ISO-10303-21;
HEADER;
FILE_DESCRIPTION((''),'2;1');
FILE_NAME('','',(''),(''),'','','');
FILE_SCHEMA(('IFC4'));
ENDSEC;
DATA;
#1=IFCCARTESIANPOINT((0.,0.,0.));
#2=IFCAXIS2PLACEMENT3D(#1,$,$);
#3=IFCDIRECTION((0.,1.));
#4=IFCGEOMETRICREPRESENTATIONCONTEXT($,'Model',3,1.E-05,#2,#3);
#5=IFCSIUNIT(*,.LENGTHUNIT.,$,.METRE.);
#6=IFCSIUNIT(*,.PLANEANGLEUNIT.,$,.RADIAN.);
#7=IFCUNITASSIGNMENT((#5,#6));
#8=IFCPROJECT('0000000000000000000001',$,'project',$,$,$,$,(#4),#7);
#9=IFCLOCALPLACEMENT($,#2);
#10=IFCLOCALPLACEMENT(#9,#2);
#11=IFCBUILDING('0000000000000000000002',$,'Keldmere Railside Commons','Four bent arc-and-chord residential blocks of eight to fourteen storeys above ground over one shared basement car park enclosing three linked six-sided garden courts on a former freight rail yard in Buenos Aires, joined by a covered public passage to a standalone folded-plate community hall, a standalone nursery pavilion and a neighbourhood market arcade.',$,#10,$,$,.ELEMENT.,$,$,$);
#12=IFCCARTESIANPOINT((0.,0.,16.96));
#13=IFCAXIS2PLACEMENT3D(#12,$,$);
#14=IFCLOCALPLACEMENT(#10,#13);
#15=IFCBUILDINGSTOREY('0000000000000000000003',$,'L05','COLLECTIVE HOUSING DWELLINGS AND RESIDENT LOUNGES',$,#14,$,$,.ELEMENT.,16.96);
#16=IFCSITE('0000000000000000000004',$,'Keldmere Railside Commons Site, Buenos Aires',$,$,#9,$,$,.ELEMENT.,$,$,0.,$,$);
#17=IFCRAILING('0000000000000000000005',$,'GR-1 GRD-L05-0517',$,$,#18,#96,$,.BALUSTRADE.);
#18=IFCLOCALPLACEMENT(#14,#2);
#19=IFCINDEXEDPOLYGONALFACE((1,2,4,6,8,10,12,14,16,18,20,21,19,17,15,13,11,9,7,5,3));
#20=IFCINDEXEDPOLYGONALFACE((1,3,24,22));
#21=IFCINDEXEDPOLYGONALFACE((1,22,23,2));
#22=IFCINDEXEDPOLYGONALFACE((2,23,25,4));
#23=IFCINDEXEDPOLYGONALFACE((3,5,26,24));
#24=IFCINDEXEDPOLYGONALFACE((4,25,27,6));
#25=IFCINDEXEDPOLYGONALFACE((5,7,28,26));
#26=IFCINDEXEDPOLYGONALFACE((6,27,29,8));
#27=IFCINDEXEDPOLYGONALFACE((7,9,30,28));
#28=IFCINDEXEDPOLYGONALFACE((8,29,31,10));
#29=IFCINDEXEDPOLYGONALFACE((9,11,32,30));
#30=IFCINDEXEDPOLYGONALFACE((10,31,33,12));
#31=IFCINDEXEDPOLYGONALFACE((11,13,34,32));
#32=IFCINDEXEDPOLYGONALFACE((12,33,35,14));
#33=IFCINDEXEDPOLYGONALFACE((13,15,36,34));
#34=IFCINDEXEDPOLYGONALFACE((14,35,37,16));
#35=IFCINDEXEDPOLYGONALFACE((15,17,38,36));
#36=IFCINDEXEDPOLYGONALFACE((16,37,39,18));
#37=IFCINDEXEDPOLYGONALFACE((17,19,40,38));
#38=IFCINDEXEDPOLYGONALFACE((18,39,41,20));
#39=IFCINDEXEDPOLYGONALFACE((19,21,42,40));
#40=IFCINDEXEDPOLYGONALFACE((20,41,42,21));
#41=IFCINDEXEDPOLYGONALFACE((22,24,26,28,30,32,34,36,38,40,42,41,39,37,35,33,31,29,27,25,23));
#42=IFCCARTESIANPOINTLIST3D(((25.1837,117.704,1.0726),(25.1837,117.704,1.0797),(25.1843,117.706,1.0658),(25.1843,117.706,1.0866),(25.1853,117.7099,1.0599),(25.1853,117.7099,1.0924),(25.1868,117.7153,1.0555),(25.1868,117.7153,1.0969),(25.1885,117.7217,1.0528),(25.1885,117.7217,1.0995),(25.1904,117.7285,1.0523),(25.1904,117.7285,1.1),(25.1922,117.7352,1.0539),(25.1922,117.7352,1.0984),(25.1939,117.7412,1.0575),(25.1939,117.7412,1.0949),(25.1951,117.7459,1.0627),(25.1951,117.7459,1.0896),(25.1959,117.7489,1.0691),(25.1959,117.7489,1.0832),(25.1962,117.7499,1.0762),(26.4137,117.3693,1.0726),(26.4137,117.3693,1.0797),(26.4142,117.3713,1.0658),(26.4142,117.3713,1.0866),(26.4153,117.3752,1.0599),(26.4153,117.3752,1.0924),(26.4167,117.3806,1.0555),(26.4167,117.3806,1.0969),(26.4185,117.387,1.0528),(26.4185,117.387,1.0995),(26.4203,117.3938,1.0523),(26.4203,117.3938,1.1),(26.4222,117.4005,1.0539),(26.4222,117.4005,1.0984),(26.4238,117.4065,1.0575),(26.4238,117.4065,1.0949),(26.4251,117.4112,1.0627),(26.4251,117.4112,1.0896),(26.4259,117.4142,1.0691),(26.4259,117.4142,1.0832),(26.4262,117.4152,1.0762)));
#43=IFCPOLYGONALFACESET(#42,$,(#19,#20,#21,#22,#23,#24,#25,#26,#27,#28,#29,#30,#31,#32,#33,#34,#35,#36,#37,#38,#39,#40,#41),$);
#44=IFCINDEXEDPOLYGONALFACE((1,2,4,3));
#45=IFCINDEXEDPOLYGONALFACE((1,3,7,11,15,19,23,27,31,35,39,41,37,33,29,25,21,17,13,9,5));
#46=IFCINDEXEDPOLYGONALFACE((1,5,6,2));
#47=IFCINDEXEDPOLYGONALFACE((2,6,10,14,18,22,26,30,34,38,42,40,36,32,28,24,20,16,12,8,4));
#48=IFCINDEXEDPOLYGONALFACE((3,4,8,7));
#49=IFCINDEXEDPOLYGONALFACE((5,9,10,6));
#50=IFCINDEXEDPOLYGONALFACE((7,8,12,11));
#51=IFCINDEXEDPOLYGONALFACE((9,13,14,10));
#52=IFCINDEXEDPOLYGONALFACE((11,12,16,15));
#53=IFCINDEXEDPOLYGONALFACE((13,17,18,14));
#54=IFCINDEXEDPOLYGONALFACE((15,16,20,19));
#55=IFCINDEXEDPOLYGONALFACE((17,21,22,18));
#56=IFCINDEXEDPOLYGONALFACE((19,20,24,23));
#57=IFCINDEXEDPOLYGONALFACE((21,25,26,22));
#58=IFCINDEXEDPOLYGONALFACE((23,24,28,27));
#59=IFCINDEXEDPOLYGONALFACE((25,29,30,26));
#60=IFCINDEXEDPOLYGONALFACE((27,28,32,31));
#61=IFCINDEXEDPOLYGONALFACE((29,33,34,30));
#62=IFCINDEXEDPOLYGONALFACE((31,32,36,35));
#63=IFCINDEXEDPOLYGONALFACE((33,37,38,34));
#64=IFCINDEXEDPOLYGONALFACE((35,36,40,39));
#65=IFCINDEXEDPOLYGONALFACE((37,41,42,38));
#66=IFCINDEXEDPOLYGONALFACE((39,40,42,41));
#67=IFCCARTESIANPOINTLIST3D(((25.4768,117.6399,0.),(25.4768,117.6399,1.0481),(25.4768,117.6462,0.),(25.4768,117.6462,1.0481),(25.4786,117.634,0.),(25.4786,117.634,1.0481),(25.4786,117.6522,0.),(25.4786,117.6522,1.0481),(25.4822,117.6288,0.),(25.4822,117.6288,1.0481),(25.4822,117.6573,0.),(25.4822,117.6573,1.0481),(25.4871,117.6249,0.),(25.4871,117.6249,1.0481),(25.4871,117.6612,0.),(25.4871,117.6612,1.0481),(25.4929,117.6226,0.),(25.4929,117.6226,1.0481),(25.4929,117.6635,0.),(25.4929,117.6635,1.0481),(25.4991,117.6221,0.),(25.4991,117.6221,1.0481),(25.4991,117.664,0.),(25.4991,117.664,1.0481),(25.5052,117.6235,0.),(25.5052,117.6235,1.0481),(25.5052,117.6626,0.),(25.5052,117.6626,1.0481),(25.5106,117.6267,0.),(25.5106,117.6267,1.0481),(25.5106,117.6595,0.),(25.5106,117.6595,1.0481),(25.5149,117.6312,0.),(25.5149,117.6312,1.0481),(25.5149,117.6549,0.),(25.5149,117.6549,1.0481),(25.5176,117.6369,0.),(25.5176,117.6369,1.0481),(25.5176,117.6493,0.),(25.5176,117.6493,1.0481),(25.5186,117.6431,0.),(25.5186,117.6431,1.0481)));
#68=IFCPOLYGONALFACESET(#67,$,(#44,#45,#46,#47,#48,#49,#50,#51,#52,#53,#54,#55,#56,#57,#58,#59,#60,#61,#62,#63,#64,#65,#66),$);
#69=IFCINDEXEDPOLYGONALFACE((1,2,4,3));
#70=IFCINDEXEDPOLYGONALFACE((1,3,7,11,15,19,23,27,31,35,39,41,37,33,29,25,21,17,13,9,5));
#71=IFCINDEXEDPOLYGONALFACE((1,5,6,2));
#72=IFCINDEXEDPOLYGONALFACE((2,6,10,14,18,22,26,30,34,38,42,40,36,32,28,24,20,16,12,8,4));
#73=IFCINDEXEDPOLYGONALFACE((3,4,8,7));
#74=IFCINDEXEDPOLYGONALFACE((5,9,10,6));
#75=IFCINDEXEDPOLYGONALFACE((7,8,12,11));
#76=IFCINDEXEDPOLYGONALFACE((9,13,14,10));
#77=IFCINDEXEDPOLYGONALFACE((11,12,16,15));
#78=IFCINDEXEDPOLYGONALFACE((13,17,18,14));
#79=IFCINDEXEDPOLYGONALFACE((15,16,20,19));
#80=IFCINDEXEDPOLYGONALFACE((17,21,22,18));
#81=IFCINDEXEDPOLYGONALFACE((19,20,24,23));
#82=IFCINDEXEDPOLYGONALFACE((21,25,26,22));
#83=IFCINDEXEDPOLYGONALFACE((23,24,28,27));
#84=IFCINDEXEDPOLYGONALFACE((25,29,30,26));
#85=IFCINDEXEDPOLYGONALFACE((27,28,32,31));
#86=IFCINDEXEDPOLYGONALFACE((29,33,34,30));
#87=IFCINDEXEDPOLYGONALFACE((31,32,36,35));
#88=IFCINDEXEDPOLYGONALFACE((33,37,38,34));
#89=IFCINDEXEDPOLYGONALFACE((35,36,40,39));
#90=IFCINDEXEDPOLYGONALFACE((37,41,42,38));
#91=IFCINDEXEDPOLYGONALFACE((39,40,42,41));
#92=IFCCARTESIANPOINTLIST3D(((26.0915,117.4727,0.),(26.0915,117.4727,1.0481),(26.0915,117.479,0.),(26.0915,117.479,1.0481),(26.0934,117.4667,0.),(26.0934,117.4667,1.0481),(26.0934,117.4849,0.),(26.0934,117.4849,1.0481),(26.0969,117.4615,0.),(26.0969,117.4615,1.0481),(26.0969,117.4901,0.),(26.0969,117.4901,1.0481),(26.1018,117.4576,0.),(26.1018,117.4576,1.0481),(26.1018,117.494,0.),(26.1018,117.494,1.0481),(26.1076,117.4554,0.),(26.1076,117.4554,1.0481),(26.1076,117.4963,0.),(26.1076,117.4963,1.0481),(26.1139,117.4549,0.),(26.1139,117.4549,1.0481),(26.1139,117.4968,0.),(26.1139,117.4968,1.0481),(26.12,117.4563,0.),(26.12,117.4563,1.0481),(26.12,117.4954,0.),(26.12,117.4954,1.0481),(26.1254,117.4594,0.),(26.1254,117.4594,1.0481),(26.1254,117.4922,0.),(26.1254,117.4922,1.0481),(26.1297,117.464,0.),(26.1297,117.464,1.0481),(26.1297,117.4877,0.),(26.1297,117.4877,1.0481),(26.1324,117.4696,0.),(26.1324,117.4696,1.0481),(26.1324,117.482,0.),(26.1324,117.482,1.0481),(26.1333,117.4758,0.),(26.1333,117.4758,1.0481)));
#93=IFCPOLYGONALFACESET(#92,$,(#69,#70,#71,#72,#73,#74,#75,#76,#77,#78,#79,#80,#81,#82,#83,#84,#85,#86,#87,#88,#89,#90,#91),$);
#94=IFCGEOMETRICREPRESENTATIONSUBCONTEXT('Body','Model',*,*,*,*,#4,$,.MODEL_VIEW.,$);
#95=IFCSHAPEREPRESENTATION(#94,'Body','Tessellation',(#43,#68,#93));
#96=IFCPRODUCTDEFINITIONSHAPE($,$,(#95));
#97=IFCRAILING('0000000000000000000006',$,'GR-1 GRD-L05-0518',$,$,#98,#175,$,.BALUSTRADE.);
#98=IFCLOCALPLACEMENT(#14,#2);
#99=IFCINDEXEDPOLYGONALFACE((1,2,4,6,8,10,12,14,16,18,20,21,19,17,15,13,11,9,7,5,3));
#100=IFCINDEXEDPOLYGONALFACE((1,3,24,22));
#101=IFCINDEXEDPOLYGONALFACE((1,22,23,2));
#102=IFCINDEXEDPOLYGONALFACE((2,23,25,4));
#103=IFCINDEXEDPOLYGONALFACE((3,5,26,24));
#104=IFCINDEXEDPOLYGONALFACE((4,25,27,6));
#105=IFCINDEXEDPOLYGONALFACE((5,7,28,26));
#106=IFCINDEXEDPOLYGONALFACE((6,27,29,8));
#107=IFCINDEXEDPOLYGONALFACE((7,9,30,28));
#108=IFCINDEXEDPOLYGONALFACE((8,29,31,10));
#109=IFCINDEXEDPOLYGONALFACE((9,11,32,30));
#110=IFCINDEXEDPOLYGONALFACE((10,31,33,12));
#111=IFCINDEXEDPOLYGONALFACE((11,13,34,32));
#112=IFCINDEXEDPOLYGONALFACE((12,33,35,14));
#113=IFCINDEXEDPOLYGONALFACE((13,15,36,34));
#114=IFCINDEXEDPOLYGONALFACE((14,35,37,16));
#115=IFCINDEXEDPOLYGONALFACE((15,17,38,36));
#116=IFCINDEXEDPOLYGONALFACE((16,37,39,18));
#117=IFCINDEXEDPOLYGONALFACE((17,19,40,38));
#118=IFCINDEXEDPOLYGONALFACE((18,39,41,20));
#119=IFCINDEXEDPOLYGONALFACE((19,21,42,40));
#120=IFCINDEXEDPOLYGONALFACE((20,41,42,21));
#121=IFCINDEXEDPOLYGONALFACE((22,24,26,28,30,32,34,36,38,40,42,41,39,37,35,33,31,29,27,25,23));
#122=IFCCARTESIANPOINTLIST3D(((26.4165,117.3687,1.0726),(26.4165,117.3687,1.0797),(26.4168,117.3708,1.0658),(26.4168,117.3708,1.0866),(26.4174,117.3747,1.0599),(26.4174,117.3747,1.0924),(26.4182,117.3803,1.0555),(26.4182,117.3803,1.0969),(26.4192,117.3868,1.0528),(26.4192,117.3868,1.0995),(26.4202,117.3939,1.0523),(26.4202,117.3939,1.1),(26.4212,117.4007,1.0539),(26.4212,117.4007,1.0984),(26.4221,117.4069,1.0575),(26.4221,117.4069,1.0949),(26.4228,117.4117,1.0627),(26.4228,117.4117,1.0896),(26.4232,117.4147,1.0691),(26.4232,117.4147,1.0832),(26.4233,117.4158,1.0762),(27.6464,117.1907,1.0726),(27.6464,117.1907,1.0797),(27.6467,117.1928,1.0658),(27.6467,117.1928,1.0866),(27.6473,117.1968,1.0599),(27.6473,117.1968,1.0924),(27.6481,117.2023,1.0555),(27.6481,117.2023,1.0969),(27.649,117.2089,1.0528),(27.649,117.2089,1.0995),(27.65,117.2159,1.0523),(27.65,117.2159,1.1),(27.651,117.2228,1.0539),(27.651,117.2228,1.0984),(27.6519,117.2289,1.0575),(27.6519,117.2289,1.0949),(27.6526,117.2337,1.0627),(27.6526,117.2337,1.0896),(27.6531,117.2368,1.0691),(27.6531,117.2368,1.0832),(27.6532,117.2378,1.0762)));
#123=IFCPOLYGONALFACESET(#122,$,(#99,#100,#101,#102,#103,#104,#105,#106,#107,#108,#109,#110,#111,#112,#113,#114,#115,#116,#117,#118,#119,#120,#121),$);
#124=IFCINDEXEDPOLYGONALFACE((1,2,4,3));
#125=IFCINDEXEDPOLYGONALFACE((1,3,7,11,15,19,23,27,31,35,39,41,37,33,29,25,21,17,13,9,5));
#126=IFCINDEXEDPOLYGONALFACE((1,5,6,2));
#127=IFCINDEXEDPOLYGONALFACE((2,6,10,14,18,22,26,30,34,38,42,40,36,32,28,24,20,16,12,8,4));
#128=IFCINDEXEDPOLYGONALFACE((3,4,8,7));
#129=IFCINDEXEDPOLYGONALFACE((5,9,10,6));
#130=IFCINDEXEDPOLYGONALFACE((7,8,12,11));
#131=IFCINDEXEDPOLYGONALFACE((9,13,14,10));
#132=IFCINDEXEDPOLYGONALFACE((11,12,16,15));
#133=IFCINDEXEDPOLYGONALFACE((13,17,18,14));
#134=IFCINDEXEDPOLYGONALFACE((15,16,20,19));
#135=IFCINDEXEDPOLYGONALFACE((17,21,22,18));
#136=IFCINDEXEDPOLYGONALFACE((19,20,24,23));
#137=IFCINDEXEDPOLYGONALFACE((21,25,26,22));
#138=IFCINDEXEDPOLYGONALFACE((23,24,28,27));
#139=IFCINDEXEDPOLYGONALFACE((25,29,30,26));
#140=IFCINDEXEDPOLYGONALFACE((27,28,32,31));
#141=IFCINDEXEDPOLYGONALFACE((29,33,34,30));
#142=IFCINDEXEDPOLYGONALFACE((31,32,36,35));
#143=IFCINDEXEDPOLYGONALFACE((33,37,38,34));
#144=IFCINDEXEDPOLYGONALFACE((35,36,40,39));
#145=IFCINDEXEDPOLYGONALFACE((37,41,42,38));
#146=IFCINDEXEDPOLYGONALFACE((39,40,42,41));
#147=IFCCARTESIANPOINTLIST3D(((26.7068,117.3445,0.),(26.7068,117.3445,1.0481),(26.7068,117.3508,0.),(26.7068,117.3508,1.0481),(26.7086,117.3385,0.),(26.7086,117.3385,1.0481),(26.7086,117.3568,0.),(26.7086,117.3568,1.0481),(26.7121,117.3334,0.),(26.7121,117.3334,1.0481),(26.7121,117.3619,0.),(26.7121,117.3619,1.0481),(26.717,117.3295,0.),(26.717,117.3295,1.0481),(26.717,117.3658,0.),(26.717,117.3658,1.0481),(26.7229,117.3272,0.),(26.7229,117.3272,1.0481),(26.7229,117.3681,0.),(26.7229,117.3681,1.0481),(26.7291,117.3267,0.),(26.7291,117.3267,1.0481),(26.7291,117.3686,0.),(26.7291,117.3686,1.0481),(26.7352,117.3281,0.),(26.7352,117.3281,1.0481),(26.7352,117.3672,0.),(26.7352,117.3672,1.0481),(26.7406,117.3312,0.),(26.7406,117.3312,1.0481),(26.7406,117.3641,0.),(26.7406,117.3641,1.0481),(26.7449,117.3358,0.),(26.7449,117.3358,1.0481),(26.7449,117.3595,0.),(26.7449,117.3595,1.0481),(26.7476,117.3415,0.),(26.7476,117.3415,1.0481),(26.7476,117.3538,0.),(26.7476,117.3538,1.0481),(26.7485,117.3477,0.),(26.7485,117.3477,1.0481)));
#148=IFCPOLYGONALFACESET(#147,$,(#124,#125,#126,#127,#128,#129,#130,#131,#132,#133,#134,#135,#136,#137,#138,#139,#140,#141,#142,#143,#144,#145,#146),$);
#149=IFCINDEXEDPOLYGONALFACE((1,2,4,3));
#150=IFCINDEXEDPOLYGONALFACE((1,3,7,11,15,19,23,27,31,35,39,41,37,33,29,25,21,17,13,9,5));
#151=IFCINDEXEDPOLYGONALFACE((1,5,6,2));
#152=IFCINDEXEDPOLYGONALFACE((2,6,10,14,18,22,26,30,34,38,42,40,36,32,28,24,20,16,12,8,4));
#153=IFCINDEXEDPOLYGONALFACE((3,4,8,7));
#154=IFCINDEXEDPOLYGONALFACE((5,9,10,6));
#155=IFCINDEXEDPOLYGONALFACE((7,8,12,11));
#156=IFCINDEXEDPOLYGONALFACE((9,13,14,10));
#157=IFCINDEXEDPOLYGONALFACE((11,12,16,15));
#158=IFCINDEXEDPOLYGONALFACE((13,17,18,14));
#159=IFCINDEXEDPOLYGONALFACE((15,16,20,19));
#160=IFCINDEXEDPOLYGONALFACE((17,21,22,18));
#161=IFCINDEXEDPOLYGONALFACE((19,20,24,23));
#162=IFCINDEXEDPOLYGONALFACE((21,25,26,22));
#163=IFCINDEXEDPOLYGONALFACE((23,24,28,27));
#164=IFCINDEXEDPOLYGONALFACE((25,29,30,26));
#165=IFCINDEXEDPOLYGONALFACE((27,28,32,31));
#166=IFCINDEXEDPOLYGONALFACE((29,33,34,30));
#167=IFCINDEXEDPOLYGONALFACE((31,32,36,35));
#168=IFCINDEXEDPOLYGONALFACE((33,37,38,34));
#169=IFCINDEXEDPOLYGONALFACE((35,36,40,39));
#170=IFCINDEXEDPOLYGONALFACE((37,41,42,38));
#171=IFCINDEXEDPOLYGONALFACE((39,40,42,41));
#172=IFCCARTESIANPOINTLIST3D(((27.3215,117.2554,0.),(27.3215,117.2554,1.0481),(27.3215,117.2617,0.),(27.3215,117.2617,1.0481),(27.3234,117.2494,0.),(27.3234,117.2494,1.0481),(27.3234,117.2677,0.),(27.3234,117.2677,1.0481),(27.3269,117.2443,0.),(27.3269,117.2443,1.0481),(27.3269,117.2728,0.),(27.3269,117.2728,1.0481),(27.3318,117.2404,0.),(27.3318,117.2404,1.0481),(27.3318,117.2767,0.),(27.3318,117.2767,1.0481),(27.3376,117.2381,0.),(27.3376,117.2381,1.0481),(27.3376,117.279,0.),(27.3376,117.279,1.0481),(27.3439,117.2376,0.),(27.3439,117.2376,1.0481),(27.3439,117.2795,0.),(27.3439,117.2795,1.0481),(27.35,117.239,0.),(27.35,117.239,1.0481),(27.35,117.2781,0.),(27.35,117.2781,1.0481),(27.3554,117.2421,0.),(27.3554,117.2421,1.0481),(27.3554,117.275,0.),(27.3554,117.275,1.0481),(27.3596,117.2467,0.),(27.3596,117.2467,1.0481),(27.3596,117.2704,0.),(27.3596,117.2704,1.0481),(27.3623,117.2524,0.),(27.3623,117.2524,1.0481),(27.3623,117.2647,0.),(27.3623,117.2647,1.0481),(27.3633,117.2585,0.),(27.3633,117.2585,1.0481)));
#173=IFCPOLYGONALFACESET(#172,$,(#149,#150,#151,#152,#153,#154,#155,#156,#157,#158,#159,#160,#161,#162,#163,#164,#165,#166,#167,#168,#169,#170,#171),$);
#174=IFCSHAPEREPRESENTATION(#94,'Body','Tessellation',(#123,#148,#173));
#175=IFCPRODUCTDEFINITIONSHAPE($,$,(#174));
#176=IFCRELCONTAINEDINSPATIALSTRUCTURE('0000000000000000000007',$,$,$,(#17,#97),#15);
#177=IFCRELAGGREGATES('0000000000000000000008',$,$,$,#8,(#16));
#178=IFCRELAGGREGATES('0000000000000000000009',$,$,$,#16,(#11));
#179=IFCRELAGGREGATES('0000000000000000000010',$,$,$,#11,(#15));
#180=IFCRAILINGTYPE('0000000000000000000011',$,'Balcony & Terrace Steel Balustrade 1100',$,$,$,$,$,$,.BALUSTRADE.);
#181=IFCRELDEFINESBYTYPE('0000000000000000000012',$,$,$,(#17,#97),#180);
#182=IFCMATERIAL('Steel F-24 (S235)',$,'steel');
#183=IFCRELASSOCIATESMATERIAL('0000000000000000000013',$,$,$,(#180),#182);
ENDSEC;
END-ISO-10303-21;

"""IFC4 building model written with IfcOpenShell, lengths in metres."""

from ifc_helpers import new_model, si_unit, direction, frame, origin, origin_2d, place, context, subcontext, project, spatial, circle, extrude, material, type_object, element, save


model = new_model("IFC4")

# Units and contexts
model_context = context("Model", 3, precision=1e-05, world=origin(), true_north=direction((0.0, 1.0)))
body_context = subcontext(model_context, "Body", "Model", "MODEL_VIEW")
ifc_project = project(units=[si_unit("LENGTHUNIT", "METRE"), si_unit("PLANEANGLEUNIT", "RADIAN")], contexts=[model_context])

# Site, building, storey
site_placement = place(None, origin())
site = spatial("IfcSite", under=ifc_project, at=site_placement, Name="Keldmere Railside Commons Site, Buenos Aires", CompositionType="ELEMENT", RefElevation=0.0)
building_placement = place(site_placement, origin())
building = spatial("IfcBuilding", under=site, at=building_placement, Name="Keldmere Railside Commons", Description="Four bent arc-and-chord residential blocks of eight to fourteen storeys above ground over one shared basement car park enclosing three linked six-sided garden courts on a former freight rail yard in Buenos Aires, joined by a covered public passage to a standalone folded-plate community hall, a standalone nursery pavilion and a neighbourhood market arcade.", CompositionType="ELEMENT")
storey_placement = place(building_placement, frame((0.0, 0.0, 16.96)))
storey = spatial("IfcBuildingStorey", under=building, at=storey_placement, Name="L05", Description="COLLECTIVE HOUSING DWELLINGS AND RESIDENT LOUNGES", CompositionType="ELEMENT", Elevation=16.96)

# Railings
ifc_material_1 = material(Name="Steel F-24 (S235)", Category="steel")
railing_type = type_object("IfcRailingType", Name="Balcony & Terrace Steel Balustrade 1100", PredefinedType="BALUSTRADE", material=ifc_material_1)
railing_1_placement = place(storey_placement, frame((25.1899, 117.7268, 0.0)))
element("IfcRailing", 1, at=railing_1_placement, inside=storey, type_object=railing_type, Name="GR-1 GRD-L05-0517", PredefinedType="BALUSTRADE", context=body_context, shape_type="SweptSolid", body=[
    extrude(circle(Radius=0.0239, at=origin_2d()), frame((0.0, 0.0, 1.0762), z_axis=(0.96491, -0.262583, 0.0), x_axis=(0.262583, 0.96491, 0.0)), (0.0, 0.0, 1.0), 1.2747),
    extrude(circle(Radius=0.021, at=origin_2d()), frame((0.3076, -0.0837, 0.0)), (0.0, 0.0, 1.0), 1.0481),
    extrude(circle(Radius=0.021, at=origin_2d()), frame((0.9224, -0.251, 0.0)), (0.0, 0.0, 1.0), 1.0481),
])
railing_2_placement = place(storey_placement, frame((26.4199, 117.3921, 0.0)))
element("IfcRailing", 2, at=railing_2_placement, inside=storey, type_object=railing_type, Name="GR-1 GRD-L05-0518", PredefinedType="BALUSTRADE", context=body_context, shape_type="SweptSolid", body=[
    extrude(circle(Radius=0.0239, at=origin_2d()), frame((0.0, 0.0, 1.0762), z_axis=(0.989693, -0.143209, 0.0), x_axis=(0.143209, 0.989693, 0.0)), (0.0, 0.0, 1.0), 1.2427),
    extrude(circle(Radius=0.021, at=origin_2d()), frame((0.3076, -0.0444, 0.0)), (0.0, 0.0, 1.0), 1.0481),
    extrude(circle(Radius=0.021, at=origin_2d()), frame((0.9224, -0.1335, 0.0)), (0.0, 0.0, 1.0), 1.0481),
])

save(model, "model.ifc")
